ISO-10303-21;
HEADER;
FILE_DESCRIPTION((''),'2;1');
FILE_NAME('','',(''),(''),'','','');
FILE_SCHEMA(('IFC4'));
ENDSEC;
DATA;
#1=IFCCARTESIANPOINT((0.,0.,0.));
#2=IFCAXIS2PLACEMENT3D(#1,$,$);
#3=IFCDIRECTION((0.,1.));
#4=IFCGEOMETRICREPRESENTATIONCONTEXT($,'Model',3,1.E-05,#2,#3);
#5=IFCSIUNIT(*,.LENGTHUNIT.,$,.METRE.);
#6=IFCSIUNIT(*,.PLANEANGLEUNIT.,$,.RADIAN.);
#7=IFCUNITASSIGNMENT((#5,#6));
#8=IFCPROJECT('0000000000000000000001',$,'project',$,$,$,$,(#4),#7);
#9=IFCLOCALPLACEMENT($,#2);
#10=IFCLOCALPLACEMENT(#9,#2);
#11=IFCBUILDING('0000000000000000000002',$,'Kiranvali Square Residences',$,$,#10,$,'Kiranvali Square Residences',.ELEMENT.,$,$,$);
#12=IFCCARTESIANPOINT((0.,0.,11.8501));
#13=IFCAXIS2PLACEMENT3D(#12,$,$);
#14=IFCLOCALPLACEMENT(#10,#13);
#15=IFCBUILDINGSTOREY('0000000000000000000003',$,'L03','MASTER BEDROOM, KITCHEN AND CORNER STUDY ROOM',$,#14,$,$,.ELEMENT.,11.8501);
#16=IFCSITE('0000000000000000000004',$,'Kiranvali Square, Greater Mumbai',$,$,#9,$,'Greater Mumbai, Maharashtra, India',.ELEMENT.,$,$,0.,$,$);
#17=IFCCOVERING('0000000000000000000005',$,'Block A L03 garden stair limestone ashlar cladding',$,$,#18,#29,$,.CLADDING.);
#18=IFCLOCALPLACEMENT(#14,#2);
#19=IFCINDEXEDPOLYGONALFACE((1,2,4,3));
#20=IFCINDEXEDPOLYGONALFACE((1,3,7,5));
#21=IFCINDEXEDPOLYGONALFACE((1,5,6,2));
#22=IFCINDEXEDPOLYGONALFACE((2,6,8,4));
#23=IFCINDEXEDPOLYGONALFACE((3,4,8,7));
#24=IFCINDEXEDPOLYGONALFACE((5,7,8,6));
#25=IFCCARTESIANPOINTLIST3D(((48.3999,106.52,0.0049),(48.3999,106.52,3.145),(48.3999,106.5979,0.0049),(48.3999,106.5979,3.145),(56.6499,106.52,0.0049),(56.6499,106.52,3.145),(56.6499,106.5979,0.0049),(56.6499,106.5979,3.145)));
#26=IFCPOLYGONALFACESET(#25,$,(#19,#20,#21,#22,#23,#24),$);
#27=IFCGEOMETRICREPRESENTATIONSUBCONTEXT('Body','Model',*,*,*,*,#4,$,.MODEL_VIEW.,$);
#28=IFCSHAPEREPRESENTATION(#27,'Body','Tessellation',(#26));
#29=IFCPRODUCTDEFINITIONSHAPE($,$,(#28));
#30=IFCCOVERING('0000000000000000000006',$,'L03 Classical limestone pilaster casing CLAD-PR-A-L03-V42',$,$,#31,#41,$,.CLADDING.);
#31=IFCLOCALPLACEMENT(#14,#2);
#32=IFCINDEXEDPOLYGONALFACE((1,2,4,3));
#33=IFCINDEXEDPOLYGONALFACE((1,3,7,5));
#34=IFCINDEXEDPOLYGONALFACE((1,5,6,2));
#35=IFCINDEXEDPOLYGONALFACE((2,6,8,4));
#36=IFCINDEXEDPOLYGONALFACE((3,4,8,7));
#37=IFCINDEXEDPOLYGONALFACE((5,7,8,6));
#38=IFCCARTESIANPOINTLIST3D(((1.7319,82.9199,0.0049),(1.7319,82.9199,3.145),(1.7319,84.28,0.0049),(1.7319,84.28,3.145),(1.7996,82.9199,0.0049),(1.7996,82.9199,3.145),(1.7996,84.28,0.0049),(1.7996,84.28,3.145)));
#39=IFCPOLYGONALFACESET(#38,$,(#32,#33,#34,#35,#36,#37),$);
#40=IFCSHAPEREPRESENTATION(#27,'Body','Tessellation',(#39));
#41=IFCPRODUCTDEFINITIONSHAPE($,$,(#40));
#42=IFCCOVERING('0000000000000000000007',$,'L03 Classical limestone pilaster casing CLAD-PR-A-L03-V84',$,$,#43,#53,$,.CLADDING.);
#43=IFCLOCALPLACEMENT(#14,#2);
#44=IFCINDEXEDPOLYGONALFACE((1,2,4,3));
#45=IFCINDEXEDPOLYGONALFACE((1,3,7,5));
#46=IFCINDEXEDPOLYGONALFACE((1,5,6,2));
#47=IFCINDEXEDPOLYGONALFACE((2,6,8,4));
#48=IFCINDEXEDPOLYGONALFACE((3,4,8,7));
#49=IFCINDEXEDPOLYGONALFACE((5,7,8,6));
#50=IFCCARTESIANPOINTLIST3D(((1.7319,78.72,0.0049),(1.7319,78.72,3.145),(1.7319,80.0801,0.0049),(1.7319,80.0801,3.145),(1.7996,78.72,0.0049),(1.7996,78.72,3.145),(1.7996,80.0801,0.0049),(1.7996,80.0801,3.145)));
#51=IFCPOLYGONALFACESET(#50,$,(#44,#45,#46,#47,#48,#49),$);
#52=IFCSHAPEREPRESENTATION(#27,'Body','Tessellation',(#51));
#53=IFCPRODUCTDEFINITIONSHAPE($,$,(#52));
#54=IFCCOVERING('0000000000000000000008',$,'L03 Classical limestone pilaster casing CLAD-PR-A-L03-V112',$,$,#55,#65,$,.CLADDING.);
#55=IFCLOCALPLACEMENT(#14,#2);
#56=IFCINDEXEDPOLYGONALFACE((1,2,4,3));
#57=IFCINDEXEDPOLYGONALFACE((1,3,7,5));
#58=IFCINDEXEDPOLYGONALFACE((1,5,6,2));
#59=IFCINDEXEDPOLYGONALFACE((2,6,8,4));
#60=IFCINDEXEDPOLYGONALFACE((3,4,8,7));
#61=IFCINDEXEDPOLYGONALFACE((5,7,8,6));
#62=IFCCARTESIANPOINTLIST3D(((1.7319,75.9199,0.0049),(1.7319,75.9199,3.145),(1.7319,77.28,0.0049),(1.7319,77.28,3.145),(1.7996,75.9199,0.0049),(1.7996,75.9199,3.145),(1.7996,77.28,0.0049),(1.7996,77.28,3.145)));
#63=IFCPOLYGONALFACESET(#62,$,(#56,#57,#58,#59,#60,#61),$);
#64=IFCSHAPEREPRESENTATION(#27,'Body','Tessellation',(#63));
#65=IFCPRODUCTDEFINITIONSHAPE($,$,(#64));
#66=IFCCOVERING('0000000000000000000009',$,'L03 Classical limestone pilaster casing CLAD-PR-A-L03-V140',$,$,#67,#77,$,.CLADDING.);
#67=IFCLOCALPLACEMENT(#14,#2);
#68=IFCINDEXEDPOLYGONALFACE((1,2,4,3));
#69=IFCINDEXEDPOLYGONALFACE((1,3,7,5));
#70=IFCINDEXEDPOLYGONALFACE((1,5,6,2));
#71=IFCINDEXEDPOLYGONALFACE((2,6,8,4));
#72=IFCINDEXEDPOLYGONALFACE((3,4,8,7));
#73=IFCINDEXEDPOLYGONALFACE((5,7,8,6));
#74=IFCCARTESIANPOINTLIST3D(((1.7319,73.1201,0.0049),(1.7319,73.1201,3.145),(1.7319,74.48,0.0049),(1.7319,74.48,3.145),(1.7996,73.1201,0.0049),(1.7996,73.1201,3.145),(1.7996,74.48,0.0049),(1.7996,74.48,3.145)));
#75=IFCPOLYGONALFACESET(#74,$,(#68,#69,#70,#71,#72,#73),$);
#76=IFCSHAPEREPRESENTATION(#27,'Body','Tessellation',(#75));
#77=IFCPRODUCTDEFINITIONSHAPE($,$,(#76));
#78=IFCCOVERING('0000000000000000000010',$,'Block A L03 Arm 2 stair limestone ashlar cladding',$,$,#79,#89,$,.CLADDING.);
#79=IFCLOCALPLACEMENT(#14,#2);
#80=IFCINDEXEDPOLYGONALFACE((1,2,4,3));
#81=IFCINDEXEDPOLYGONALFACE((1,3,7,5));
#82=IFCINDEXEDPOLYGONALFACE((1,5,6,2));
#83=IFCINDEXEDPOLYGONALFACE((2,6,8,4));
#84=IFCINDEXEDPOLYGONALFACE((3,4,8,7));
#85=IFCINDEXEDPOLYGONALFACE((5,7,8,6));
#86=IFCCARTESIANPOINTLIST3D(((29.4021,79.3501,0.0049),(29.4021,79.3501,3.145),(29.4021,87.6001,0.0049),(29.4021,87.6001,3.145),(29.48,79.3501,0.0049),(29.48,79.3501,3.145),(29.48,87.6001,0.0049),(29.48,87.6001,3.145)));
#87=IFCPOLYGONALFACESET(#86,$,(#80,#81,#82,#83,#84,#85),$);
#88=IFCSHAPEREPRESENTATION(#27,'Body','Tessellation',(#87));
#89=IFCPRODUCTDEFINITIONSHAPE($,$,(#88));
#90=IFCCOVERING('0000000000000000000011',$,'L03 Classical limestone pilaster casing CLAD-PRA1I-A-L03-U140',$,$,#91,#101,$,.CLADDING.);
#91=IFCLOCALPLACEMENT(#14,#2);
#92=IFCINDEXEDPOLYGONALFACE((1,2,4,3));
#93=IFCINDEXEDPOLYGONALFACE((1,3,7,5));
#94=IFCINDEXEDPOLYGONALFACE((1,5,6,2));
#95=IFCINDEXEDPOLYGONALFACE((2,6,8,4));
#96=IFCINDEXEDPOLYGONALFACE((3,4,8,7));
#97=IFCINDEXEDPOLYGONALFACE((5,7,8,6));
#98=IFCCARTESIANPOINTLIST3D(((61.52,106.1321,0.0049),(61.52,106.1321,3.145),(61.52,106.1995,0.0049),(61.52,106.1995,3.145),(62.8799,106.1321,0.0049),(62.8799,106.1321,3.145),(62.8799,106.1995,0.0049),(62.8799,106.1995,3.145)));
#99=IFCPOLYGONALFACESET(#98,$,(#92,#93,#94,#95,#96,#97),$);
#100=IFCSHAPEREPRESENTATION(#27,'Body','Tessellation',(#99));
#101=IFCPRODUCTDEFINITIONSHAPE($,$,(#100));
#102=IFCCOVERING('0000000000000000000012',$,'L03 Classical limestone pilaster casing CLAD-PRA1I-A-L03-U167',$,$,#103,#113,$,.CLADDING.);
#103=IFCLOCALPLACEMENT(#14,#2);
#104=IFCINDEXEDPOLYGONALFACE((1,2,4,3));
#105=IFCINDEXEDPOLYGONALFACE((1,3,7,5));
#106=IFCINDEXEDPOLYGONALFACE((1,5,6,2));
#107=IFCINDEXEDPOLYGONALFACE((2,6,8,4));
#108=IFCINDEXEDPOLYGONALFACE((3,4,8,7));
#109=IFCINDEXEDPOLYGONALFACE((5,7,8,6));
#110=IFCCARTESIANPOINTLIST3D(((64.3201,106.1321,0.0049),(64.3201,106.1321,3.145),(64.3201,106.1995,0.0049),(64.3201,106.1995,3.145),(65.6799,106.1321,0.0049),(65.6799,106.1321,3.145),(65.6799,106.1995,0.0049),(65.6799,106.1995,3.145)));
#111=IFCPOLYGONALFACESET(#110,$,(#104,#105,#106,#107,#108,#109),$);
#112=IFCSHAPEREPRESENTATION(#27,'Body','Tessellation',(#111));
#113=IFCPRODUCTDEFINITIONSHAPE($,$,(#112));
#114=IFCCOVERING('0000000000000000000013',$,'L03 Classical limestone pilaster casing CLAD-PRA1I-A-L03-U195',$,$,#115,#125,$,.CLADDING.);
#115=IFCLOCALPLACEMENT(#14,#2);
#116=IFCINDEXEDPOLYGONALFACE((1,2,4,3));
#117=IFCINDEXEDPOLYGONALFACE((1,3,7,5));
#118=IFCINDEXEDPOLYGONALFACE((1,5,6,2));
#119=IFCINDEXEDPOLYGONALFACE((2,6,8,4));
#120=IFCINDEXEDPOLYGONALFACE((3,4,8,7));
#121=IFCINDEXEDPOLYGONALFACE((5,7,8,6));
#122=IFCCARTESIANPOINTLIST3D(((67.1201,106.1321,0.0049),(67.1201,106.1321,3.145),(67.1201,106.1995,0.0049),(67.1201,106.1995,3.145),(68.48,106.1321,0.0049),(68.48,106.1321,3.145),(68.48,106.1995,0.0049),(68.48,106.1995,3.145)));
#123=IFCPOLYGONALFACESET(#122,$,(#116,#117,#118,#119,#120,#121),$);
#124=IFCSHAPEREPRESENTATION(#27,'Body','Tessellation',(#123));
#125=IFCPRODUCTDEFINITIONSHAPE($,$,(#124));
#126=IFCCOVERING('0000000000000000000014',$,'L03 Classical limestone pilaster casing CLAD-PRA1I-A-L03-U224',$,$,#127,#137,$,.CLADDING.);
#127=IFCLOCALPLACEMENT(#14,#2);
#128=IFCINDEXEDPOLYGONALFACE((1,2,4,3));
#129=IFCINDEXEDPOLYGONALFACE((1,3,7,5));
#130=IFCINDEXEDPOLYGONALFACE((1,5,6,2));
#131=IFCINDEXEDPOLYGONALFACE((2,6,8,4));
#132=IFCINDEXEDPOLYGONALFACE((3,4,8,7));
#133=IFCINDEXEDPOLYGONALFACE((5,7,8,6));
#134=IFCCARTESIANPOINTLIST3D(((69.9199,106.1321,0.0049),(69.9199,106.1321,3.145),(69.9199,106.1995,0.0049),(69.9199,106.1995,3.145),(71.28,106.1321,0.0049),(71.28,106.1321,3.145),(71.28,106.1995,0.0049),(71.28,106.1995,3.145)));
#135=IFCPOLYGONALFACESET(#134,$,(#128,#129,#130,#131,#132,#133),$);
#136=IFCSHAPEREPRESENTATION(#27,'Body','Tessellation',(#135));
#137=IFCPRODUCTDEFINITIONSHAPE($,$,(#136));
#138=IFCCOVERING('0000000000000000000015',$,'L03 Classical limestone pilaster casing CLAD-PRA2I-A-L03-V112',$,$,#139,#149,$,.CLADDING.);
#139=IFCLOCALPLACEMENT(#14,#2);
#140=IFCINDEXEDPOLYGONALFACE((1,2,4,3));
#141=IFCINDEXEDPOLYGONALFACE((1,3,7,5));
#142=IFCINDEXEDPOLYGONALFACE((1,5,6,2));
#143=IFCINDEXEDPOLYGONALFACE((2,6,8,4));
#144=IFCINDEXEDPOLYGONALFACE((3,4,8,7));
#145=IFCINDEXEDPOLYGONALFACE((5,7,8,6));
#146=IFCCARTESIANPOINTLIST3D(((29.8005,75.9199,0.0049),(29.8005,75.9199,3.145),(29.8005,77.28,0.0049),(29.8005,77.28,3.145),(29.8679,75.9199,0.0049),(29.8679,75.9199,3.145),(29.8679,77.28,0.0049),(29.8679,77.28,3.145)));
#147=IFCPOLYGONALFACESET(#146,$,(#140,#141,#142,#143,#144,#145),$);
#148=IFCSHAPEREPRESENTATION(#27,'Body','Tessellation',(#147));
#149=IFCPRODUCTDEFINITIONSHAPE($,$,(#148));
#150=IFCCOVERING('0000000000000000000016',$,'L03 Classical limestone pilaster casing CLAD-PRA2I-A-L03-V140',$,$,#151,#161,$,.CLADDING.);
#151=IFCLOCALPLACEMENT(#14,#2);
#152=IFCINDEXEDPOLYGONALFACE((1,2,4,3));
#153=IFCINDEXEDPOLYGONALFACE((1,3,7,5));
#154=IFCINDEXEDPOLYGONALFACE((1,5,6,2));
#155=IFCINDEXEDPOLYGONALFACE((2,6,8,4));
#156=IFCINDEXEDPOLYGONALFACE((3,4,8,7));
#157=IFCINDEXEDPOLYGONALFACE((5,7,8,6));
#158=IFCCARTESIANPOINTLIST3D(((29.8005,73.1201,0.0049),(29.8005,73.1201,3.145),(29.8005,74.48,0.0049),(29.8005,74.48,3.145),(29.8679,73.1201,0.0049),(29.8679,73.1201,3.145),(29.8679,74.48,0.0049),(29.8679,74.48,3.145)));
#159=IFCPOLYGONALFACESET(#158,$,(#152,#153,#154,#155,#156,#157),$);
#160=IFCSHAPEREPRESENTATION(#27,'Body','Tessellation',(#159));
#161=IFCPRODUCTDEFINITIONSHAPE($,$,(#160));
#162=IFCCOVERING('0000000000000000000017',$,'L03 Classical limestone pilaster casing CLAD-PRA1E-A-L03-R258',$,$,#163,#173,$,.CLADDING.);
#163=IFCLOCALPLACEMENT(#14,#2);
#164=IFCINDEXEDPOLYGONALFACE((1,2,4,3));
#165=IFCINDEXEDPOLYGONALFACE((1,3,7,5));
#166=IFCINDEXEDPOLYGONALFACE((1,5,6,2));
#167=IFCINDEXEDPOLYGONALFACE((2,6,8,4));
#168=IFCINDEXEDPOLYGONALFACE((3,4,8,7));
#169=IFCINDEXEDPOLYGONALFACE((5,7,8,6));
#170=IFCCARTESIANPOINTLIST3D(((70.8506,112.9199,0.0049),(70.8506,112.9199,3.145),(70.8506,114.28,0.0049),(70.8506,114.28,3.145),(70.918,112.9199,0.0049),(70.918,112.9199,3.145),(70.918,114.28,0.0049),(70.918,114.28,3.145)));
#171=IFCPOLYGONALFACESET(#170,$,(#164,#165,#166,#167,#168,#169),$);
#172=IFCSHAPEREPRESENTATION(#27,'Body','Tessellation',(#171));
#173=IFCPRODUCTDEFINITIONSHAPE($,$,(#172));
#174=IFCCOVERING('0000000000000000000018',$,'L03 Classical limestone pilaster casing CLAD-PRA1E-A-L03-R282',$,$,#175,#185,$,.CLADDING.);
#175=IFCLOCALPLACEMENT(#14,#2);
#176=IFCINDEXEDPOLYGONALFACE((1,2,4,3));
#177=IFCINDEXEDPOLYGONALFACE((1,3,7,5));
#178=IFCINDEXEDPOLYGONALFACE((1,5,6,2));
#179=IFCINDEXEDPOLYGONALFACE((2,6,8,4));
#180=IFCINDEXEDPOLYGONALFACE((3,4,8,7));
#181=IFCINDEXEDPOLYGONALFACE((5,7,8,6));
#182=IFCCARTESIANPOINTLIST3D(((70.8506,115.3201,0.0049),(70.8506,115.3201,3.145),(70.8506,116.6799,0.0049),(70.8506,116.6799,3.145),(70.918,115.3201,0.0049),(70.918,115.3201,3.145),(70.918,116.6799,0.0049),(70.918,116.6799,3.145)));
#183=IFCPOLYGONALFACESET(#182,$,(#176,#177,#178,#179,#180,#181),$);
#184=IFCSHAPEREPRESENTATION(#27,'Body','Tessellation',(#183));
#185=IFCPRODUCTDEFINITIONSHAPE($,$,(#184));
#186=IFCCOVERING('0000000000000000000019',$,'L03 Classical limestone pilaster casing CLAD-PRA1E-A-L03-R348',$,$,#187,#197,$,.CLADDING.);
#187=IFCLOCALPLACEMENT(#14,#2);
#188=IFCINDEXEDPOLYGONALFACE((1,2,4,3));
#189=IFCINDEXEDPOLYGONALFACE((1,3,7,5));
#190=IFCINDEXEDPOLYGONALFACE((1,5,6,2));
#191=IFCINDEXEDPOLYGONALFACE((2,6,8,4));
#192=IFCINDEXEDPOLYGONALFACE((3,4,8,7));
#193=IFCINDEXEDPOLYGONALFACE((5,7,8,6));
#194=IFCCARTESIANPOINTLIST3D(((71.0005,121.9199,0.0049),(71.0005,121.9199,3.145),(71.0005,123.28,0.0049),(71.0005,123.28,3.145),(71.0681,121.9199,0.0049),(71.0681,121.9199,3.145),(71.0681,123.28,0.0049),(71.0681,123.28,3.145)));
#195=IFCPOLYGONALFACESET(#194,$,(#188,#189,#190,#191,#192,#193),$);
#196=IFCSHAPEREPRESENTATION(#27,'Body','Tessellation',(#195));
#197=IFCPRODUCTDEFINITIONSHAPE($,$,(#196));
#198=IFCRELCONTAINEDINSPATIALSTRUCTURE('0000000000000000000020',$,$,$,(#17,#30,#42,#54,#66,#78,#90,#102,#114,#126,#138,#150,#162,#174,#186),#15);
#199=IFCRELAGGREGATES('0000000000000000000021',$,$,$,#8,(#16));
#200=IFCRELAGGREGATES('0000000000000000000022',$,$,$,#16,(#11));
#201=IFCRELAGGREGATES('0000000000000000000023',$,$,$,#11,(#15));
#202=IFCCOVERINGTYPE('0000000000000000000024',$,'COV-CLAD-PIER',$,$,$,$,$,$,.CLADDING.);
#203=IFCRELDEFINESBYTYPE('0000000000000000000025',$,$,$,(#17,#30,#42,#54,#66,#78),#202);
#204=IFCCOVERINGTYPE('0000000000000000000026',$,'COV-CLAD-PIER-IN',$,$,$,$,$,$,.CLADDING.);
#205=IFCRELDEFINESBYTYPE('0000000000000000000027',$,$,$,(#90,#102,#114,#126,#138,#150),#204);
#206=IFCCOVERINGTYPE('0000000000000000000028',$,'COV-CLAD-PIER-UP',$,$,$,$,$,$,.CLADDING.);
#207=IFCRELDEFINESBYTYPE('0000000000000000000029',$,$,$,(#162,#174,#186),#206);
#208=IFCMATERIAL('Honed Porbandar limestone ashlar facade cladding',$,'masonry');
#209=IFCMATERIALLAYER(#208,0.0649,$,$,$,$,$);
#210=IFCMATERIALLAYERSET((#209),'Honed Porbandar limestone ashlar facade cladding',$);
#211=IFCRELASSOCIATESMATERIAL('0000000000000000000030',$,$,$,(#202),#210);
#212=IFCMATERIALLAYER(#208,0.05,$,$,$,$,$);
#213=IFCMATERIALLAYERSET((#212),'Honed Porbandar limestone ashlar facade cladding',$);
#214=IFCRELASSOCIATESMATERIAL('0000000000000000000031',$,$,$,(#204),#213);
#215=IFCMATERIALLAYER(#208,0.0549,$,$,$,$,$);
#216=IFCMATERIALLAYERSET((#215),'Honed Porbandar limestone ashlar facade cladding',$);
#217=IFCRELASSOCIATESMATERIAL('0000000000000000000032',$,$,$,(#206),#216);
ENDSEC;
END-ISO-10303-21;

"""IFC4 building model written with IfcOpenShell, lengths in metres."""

from ifc_helpers import new_model, si_unit, direction, frame, origin, place, context, subcontext, project, spatial, polyline, outline, extrude, material, layer, layer_set, type_object, element, save


model = new_model("IFC4")

# Units and contexts
model_context = context("Model", 3, precision=1e-05, world=origin(), true_north=direction((0.0, 1.0)))
body_context = subcontext(model_context, "Body", "Model", "MODEL_VIEW")
ifc_project = project(units=[si_unit("LENGTHUNIT", "METRE"), si_unit("PLANEANGLEUNIT", "RADIAN")], contexts=[model_context])

# Site, building, storey
site_placement = place(None, origin())
site = spatial("IfcSite", under=ifc_project, at=site_placement, Name="Kiranvali Square, Greater Mumbai", LongName="Greater Mumbai, Maharashtra, India", CompositionType="ELEMENT", RefElevation=0.0)
building_placement = place(site_placement, origin())
building = spatial("IfcBuilding", under=site, at=building_placement, Name="Kiranvali Square Residences", LongName="Kiranvali Square Residences", CompositionType="ELEMENT")
storey_placement = place(building_placement, frame((0.0, 0.0, 11.8501)))
storey = spatial("IfcBuildingStorey", under=building, at=storey_placement, Name="L03", Description="MASTER BEDROOM, KITCHEN AND CORNER STUDY ROOM", CompositionType="ELEMENT", Elevation=11.8501)

# Coverings
ifc_material = material(Name="Honed Porbandar limestone ashlar facade cladding", Category="masonry")
ifc_layer_1 = layer(ifc_material, 0.0649)
ifc_layer_set_1 = layer_set([ifc_layer_1], Name="Honed Porbandar limestone ashlar facade cladding")
covering_type_1 = type_object("IfcCoveringType", Name="COV-CLAD-PIER", PredefinedType="CLADDING", material=ifc_layer_set_1)
covering_1_placement = place(storey_placement, frame((0.0, 0.0, 0.0049)))
element("IfcCovering", 1, at=covering_1_placement, inside=storey, type_object=covering_type_1, Name="Block A L03 garden stair limestone ashlar cladding", PredefinedType="CLADDING", context=body_context, shape_type="SweptSolid", body=[
    extrude(outline(polyline([(48.3999, 106.52), (56.6499, 106.52), (56.6499, 106.5979), (48.3999, 106.5979), (48.3999, 106.52)])), origin(), (0.0, 0.0, 1.0), 3.1401),
])
covering_2_placement = place(storey_placement, frame((0.0, 0.0, 0.0049)))
element("IfcCovering", 2, at=covering_2_placement, inside=storey, type_object=covering_type_1, Name="L03 Classical limestone pilaster casing CLAD-PR-A-L03-V42", PredefinedType="CLADDING", context=body_context, shape_type="SweptSolid", body=[
    extrude(outline(polyline([(1.7319, 84.28), (1.7319, 82.9199), (1.7996, 82.9199), (1.7996, 84.28), (1.7319, 84.28)])), origin(), (0.0, 0.0, 1.0), 3.1401),
])
covering_3_placement = place(storey_placement, frame((0.0, 0.0, 0.0049)))
element("IfcCovering", 3, at=covering_3_placement, inside=storey, type_object=covering_type_1, Name="L03 Classical limestone pilaster casing CLAD-PR-A-L03-V84", PredefinedType="CLADDING", context=body_context, shape_type="SweptSolid", body=[
    extrude(outline(polyline([(1.7319, 80.0801), (1.7319, 78.72), (1.7996, 78.72), (1.7996, 80.0801), (1.7319, 80.0801)])), origin(), (0.0, 0.0, 1.0), 3.1401),
])
covering_4_placement = place(storey_placement, frame((0.0, 0.0, 0.0049)))
element("IfcCovering", 4, at=covering_4_placement, inside=storey, type_object=covering_type_1, Name="L03 Classical limestone pilaster casing CLAD-PR-A-L03-V112", PredefinedType="CLADDING", context=body_context, shape_type="SweptSolid", body=[
    extrude(outline(polyline([(1.7319, 77.28), (1.7319, 75.9199), (1.7996, 75.9199), (1.7996, 77.28), (1.7319, 77.28)])), origin(), (0.0, 0.0, 1.0), 3.1401),
])
covering_5_placement = place(storey_placement, frame((0.0, 0.0, 0.0049)))
element("IfcCovering", 5, at=covering_5_placement, inside=storey, type_object=covering_type_1, Name="L03 Classical limestone pilaster casing CLAD-PR-A-L03-V140", PredefinedType="CLADDING", context=body_context, shape_type="SweptSolid", body=[
    extrude(outline(polyline([(1.7319, 74.48), (1.7319, 73.1201), (1.7996, 73.1201), (1.7996, 74.48), (1.7319, 74.48)])), origin(), (0.0, 0.0, 1.0), 3.1401),
])
covering_6_placement = place(storey_placement, frame((0.0, 0.0, 0.0049)))
element("IfcCovering", 6, at=covering_6_placement, inside=storey, type_object=covering_type_1, Name="Block A L03 Arm 2 stair limestone ashlar cladding", PredefinedType="CLADDING", context=body_context, shape_type="SweptSolid", body=[
    extrude(outline(polyline([(29.4021, 87.6001), (29.4021, 79.3501), (29.48, 79.3501), (29.48, 87.6001), (29.4021, 87.6001)])), origin(), (0.0, 0.0, 1.0), 3.1401),
])
ifc_layer_2 = layer(ifc_material, 0.05)
ifc_layer_set_2 = layer_set([ifc_layer_2], Name="Honed Porbandar limestone ashlar facade cladding")
covering_type_2 = type_object("IfcCoveringType", Name="COV-CLAD-PIER-IN", PredefinedType="CLADDING", material=ifc_layer_set_2)
covering_7_placement = place(storey_placement, frame((0.0, 0.0, 0.0049)))
element("IfcCovering", 7, at=covering_7_placement, inside=storey, type_object=covering_type_2, Name="L03 Classical limestone pilaster casing CLAD-PRA1I-A-L03-U140", PredefinedType="CLADDING", context=body_context, shape_type="SweptSolid", body=[
    extrude(outline(polyline([(61.52, 106.1321), (62.8799, 106.1321), (62.8799, 106.1995), (61.52, 106.1995), (61.52, 106.1321)])), origin(), (0.0, 0.0, 1.0), 3.1401),
])
covering_8_placement = place(storey_placement, frame((0.0, 0.0, 0.0049)))
element("IfcCovering", 8, at=covering_8_placement, inside=storey, type_object=covering_type_2, Name="L03 Classical limestone pilaster casing CLAD-PRA1I-A-L03-U167", PredefinedType="CLADDING", context=body_context, shape_type="SweptSolid", body=[
    extrude(outline(polyline([(64.3201, 106.1321), (65.6799, 106.1321), (65.6799, 106.1995), (64.3201, 106.1995), (64.3201, 106.1321)])), origin(), (0.0, 0.0, 1.0), 3.1401),
])
covering_9_placement = place(storey_placement, frame((0.0, 0.0, 0.0049)))
element("IfcCovering", 9, at=covering_9_placement, inside=storey, type_object=covering_type_2, Name="L03 Classical limestone pilaster casing CLAD-PRA1I-A-L03-U195", PredefinedType="CLADDING", context=body_context, shape_type="SweptSolid", body=[
    extrude(outline(polyline([(67.1201, 106.1321), (68.48, 106.1321), (68.48, 106.1995), (67.1201, 106.1995), (67.1201, 106.1321)])), origin(), (0.0, 0.0, 1.0), 3.1401),
])
covering_10_placement = place(storey_placement, frame((0.0, 0.0, 0.0049)))
element("IfcCovering", 10, at=covering_10_placement, inside=storey, type_object=covering_type_2, Name="L03 Classical limestone pilaster casing CLAD-PRA1I-A-L03-U224", PredefinedType="CLADDING", context=body_context, shape_type="SweptSolid", body=[
    extrude(outline(polyline([(69.9199, 106.1321), (71.28, 106.1321), (71.28, 106.1995), (69.9199, 106.1995), (69.9199, 106.1321)])), origin(), (0.0, 0.0, 1.0), 3.1401),
])
covering_11_placement = place(storey_placement, frame((0.0, 0.0, 0.0049)))
element("IfcCovering", 11, at=covering_11_placement, inside=storey, type_object=covering_type_2, Name="L03 Classical limestone pilaster casing CLAD-PRA2I-A-L03-V112", PredefinedType="CLADDING", context=body_context, shape_type="SweptSolid", body=[
    extrude(outline(polyline([(29.8005, 77.28), (29.8005, 75.9199), (29.8679, 75.9199), (29.8679, 77.28), (29.8005, 77.28)])), origin(), (0.0, 0.0, 1.0), 3.1401),
])
covering_12_placement = place(storey_placement, frame((0.0, 0.0, 0.0049)))
element("IfcCovering", 12, at=covering_12_placement, inside=storey, type_object=covering_type_2, Name="L03 Classical limestone pilaster casing CLAD-PRA2I-A-L03-V140", PredefinedType="CLADDING", context=body_context, shape_type="SweptSolid", body=[
    extrude(outline(polyline([(29.8005, 74.48), (29.8005, 73.1201), (29.8679, 73.1201), (29.8679, 74.48), (29.8005, 74.48)])), origin(), (0.0, 0.0, 1.0), 3.1401),
])
ifc_layer_3 = layer(ifc_material, 0.0549)
ifc_layer_set_3 = layer_set([ifc_layer_3], Name="Honed Porbandar limestone ashlar facade cladding")
covering_type_3 = type_object("IfcCoveringType", Name="COV-CLAD-PIER-UP", PredefinedType="CLADDING", material=ifc_layer_set_3)
covering_13_placement = place(storey_placement, frame((0.0, 0.0, 0.0049)))
element("IfcCovering", 13, at=covering_13_placement, inside=storey, type_object=covering_type_3, Name="L03 Classical limestone pilaster casing CLAD-PRA1E-A-L03-R258", PredefinedType="CLADDING", context=body_context, shape_type="SweptSolid", body=[
    extrude(outline(polyline([(70.918, 112.9199), (70.918, 114.28), (70.8506, 114.28), (70.8506, 112.9199), (70.918, 112.9199)])), origin(), (0.0, 0.0, 1.0), 3.1401),
])
covering_14_placement = place(storey_placement, frame((0.0, 0.0, 0.0049)))
element("IfcCovering", 14, at=covering_14_placement, inside=storey, type_object=covering_type_3, Name="L03 Classical limestone pilaster casing CLAD-PRA1E-A-L03-R282", PredefinedType="CLADDING", context=body_context, shape_type="SweptSolid", body=[
    extrude(outline(polyline([(70.918, 115.3201), (70.918, 116.6799), (70.8506, 116.6799), (70.8506, 115.3201), (70.918, 115.3201)])), origin(), (0.0, 0.0, 1.0), 3.1401),
])
covering_15_placement = place(storey_placement, frame((0.0, 0.0, 0.0049)))
element("IfcCovering", 15, at=covering_15_placement, inside=storey, type_object=covering_type_3, Name="L03 Classical limestone pilaster casing CLAD-PRA1E-A-L03-R348", PredefinedType="CLADDING", context=body_context, shape_type="SweptSolid", body=[
    extrude(outline(polyline([(71.0681, 121.9199), (71.0681, 123.28), (71.0005, 123.28), (71.0005, 121.9199), (71.0681, 121.9199)])), origin(), (0.0, 0.0, 1.0), 3.1401),
])

save(model, "model.ifc")
